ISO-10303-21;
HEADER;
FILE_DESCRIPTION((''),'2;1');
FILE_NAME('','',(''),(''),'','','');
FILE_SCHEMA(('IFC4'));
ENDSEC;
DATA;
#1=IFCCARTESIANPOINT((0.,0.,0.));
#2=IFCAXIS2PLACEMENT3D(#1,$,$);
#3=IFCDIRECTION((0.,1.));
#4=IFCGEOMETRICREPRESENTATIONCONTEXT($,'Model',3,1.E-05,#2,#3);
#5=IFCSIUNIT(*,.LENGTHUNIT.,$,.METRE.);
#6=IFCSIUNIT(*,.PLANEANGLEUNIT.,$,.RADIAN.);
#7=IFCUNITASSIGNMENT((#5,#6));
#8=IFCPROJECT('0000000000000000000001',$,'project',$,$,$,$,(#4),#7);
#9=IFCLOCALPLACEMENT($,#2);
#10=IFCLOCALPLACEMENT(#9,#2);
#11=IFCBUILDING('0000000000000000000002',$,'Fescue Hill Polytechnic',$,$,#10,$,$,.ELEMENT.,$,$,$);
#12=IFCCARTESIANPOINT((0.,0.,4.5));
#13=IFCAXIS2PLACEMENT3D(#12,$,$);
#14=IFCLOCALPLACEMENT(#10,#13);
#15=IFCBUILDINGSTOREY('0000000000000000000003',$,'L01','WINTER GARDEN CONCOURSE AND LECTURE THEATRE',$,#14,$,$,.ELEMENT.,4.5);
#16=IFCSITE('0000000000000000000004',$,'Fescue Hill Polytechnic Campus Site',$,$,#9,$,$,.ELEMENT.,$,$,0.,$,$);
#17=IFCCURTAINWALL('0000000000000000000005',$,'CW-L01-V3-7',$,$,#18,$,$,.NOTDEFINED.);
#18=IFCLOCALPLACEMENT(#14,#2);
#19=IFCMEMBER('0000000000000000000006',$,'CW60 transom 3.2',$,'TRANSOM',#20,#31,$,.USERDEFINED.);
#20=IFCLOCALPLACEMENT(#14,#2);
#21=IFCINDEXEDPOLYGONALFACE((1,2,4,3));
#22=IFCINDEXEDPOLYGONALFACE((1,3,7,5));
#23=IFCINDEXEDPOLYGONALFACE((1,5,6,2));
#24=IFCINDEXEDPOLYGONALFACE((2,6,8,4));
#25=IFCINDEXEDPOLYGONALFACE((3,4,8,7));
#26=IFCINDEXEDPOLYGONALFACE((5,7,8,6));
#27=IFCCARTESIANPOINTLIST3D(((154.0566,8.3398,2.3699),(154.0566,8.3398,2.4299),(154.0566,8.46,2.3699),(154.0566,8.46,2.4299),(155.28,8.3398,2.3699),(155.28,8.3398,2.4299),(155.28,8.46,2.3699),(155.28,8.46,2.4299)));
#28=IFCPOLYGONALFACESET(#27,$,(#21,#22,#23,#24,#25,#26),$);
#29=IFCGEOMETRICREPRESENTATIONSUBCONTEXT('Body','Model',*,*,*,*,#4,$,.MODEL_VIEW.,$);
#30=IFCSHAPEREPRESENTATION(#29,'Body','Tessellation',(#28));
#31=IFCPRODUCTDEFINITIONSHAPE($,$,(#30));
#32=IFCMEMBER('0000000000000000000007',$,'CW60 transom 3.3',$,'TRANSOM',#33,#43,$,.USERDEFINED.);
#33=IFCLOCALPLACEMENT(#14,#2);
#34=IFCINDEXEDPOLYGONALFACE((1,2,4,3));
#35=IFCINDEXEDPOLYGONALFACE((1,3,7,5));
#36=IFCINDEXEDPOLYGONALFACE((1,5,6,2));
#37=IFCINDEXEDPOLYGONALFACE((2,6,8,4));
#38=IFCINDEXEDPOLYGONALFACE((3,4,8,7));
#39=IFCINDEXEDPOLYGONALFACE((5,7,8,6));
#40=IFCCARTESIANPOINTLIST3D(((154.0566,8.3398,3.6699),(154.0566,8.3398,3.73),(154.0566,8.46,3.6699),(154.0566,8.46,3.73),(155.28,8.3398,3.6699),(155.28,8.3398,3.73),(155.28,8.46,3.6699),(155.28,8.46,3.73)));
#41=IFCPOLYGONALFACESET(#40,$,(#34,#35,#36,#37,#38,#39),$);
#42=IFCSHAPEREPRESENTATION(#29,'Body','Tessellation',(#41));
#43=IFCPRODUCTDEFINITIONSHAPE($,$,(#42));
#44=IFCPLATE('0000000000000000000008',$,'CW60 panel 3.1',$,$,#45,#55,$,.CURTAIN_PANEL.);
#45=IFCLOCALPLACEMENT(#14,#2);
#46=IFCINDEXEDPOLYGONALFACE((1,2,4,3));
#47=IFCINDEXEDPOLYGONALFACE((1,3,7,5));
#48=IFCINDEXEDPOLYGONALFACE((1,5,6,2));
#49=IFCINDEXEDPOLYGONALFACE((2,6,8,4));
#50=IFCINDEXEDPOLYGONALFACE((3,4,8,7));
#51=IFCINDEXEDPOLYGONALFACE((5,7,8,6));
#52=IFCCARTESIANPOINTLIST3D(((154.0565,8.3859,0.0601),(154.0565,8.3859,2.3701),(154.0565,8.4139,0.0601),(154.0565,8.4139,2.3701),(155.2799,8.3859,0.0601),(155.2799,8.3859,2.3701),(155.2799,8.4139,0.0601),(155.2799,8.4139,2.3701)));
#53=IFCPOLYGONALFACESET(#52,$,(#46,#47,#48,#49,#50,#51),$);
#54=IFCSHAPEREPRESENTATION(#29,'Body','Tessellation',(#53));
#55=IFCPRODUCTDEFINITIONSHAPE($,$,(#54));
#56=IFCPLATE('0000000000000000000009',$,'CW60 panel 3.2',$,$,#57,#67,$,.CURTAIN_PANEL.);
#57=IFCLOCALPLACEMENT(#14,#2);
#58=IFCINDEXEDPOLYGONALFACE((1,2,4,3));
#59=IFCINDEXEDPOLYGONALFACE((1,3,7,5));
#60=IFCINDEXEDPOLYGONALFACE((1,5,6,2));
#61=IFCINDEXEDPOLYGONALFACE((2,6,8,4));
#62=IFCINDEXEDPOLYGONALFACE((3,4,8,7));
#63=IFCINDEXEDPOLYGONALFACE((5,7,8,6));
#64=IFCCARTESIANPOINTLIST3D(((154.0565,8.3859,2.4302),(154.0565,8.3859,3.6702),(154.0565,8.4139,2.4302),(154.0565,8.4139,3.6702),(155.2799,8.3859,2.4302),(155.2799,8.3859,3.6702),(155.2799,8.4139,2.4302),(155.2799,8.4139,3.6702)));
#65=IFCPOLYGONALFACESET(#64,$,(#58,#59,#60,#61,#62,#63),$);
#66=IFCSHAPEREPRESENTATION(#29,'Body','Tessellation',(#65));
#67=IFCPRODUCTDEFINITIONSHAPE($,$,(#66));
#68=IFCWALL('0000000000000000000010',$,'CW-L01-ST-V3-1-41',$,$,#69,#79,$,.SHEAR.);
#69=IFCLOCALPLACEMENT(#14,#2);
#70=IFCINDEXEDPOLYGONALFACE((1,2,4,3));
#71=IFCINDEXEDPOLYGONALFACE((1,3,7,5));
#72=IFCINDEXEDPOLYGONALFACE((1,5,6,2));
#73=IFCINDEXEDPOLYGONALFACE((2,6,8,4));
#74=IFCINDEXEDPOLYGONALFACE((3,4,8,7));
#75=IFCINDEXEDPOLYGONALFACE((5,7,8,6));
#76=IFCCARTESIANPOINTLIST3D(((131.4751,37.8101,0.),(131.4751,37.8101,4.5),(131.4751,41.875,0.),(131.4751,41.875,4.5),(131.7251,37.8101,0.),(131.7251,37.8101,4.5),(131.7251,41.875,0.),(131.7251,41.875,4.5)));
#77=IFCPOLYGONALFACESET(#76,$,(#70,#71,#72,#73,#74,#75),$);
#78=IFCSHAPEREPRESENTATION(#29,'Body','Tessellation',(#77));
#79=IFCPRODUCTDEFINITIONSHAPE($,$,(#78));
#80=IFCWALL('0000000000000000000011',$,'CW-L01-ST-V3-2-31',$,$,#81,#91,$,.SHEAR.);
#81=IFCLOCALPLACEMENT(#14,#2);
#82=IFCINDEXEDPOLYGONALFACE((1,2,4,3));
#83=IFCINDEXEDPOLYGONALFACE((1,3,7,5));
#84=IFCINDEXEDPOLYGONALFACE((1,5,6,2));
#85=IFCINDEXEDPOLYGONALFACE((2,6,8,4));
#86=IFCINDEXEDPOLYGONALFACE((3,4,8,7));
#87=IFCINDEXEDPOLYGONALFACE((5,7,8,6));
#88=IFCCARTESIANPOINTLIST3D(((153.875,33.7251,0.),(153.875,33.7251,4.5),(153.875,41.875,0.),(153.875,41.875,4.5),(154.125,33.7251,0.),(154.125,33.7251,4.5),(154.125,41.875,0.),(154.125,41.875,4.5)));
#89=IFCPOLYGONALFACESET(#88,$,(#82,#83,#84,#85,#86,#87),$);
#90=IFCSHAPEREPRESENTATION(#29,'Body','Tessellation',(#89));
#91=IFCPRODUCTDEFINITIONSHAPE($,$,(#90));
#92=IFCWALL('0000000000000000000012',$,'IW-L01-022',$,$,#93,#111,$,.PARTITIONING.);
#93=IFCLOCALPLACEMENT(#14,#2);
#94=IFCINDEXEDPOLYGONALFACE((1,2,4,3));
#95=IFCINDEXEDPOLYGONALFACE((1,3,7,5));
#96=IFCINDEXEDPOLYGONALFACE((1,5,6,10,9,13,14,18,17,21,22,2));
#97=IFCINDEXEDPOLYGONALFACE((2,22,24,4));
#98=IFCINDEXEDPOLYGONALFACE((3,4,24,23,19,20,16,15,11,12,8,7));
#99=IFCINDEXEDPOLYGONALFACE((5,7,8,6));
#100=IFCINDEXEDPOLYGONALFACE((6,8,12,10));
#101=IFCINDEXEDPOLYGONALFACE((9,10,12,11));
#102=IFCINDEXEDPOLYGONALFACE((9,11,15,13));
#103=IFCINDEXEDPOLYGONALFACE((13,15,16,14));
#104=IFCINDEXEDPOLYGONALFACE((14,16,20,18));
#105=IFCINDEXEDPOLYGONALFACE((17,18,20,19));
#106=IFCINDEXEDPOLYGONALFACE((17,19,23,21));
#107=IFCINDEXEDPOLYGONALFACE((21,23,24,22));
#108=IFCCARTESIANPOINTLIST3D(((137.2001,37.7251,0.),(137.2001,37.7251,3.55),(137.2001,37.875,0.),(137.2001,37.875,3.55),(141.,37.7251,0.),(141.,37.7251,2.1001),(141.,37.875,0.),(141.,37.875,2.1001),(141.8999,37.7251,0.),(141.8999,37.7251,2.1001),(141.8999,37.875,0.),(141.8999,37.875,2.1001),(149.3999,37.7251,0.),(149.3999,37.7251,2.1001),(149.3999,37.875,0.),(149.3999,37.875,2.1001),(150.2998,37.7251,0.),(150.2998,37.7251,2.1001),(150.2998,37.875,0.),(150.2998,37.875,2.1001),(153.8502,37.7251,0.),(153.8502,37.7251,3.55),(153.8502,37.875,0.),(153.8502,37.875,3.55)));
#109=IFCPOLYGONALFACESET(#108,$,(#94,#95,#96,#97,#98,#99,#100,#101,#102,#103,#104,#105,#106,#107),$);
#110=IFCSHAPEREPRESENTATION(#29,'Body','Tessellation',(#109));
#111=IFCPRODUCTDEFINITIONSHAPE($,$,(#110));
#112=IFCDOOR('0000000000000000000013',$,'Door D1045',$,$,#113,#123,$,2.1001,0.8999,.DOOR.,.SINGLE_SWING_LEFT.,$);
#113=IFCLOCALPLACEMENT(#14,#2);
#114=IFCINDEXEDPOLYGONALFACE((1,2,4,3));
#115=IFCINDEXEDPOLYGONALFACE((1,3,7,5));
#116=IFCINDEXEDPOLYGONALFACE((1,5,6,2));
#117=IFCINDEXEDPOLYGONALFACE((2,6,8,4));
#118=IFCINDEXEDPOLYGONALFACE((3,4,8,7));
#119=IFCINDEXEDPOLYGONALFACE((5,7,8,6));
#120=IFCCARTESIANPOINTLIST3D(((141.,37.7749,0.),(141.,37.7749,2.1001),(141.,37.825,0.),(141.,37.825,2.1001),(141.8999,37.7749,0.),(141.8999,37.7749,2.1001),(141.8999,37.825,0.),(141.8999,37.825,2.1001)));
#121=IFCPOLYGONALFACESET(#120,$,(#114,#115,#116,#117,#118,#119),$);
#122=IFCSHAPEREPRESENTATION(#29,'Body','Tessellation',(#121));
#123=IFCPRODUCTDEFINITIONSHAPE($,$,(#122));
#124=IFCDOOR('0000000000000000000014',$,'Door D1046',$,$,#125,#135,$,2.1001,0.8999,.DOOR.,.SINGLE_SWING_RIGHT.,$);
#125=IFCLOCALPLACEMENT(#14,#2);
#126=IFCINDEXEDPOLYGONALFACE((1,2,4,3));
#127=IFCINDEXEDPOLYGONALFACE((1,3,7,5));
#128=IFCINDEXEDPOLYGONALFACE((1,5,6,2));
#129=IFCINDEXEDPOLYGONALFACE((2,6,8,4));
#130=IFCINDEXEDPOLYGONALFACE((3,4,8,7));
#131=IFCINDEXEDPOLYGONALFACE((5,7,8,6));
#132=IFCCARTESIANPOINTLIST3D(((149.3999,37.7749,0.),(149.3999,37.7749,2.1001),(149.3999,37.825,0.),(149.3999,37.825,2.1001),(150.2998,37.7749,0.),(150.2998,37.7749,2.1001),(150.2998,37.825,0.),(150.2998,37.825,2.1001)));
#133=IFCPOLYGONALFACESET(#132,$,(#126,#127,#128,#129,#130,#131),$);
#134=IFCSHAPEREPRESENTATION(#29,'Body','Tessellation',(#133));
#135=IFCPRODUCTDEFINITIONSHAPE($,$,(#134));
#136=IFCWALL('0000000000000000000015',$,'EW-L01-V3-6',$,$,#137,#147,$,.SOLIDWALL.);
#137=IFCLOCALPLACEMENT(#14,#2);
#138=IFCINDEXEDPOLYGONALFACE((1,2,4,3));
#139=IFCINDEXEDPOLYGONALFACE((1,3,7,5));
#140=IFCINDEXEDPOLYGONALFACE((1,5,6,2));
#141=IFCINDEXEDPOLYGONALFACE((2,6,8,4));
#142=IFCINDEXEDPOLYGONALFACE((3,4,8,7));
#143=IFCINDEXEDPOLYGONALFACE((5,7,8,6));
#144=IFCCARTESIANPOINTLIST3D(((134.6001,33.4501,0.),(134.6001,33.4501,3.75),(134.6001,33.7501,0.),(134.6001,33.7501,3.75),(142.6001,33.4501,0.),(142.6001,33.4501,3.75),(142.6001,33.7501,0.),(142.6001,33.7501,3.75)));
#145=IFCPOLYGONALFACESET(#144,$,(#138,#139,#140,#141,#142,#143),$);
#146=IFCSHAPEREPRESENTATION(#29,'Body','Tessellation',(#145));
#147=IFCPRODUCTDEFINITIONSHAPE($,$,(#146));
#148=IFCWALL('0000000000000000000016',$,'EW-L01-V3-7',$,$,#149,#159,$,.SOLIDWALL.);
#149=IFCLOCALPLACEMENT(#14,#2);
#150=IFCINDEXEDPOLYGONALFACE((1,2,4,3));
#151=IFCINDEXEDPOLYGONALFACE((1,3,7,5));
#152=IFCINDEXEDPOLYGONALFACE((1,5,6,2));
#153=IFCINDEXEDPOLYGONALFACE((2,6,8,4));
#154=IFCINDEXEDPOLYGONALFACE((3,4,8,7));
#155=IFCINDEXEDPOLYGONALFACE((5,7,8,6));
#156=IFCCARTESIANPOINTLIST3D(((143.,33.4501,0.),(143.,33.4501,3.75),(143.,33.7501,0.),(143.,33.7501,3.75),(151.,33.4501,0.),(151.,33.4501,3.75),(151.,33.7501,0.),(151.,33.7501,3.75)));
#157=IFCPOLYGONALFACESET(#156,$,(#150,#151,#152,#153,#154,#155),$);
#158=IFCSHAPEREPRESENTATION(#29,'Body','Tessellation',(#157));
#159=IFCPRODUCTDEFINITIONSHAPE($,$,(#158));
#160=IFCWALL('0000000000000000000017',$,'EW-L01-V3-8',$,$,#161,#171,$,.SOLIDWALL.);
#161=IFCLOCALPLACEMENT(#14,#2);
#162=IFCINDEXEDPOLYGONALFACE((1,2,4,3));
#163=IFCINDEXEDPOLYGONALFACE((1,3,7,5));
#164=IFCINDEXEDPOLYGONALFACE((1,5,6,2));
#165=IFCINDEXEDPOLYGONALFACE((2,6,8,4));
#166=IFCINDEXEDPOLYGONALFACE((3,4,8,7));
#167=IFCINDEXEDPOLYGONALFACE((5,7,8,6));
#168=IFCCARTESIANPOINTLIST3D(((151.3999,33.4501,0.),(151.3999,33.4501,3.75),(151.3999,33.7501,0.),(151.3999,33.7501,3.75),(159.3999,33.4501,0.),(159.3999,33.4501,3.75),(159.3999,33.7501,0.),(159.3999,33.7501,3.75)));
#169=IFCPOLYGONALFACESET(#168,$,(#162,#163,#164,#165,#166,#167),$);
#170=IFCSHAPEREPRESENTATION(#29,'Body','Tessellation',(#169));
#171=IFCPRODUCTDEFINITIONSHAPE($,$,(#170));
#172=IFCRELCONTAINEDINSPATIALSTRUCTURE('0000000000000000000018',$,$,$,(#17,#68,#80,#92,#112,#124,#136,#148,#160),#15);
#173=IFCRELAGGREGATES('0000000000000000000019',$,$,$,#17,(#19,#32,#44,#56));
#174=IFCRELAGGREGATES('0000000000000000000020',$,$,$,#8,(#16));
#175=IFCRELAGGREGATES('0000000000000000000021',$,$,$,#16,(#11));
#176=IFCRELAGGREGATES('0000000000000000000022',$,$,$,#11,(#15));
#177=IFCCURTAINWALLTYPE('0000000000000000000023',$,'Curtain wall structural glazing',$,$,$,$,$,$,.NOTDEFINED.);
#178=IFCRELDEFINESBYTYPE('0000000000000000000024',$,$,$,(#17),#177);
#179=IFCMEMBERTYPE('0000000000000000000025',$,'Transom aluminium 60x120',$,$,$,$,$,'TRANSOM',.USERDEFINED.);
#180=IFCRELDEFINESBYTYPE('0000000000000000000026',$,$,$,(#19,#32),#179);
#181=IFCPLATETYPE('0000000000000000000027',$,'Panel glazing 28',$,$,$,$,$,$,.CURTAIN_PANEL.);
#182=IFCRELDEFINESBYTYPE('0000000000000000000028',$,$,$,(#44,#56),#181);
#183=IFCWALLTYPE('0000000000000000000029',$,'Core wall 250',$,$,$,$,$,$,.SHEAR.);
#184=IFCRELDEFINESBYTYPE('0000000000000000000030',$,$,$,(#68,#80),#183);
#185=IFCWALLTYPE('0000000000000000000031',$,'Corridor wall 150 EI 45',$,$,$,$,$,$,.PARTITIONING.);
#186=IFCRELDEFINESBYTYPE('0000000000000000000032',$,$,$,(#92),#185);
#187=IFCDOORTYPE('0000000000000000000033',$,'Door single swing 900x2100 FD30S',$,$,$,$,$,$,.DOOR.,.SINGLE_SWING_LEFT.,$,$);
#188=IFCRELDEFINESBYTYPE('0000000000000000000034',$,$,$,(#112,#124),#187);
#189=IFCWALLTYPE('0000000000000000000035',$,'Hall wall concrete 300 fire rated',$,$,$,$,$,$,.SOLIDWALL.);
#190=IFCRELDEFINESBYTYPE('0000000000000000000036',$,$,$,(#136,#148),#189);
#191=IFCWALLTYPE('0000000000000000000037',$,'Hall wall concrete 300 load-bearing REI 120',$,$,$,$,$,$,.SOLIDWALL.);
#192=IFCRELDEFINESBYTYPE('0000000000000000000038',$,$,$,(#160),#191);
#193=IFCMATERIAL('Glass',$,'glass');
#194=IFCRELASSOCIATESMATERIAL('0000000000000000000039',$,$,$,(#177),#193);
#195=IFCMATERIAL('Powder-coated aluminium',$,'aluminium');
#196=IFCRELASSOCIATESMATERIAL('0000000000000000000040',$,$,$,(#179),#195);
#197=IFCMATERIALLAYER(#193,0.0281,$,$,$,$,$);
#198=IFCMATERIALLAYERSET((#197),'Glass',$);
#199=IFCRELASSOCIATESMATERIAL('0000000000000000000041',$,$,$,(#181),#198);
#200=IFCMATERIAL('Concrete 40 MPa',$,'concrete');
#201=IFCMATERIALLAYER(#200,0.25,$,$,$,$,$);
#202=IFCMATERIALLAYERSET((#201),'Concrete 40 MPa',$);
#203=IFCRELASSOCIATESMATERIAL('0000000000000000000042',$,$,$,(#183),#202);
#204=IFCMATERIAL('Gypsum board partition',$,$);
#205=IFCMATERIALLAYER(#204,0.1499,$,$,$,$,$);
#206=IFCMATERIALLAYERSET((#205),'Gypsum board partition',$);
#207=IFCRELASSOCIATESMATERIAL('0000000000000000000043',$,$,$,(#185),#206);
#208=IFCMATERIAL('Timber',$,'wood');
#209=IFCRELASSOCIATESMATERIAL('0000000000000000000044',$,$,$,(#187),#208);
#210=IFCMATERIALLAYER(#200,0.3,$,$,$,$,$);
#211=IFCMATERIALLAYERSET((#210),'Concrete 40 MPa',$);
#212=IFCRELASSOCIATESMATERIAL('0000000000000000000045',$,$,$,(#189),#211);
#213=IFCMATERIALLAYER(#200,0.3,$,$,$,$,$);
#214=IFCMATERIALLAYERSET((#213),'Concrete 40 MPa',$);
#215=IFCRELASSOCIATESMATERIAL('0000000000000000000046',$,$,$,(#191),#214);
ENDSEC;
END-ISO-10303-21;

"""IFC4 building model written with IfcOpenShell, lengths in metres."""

from ifc_helpers import new_model, si_unit, direction, frame, frame_2d, origin, origin_2d, place, context, subcontext, project, spatial, rectangle, extrude, material, layer, layer_set, material_profile, profile_set, type_object, element, fill, aggregate, save


model = new_model("IFC4")

# Units and contexts
model_context = context("Model", 3, precision=1e-05, world=origin(), true_north=direction((0.0, 1.0)))
body_context = subcontext(model_context, "Body", "Model", "MODEL_VIEW")
ifc_project = project(units=[si_unit("LENGTHUNIT", "METRE"), si_unit("PLANEANGLEUNIT", "RADIAN")], contexts=[model_context])

# Site, building, storey
site_placement = place(None, origin())
site = spatial("IfcSite", under=ifc_project, at=site_placement, Name="Fescue Hill Polytechnic Campus Site", CompositionType="ELEMENT", RefElevation=0.0)
building_placement = place(site_placement, origin())
building = spatial("IfcBuilding", under=site, at=building_placement, Name="Fescue Hill Polytechnic", CompositionType="ELEMENT")
storey_placement = place(building_placement, frame((0.0, 0.0, 4.5)))
storey = spatial("IfcBuildingStorey", under=building, at=storey_placement, Name="L01", Description="WINTER GARDEN CONCOURSE AND LECTURE THEATRE", CompositionType="ELEMENT", Elevation=4.5)

# Shared definitions
ifc_material_1 = material(Name="Concrete 40 MPa", Category="concrete")

# Curtain wall, members, plates
ifc_material_2 = material(Name="Glass", Category="glass")
curtain_wall_type = type_object("IfcCurtainWallType", Name="Curtain wall structural glazing", PredefinedType="NOTDEFINED", material=ifc_material_2)
curtain_wall_placement = place(storey_placement, origin())
curtain_wall = element("IfcCurtainWall", 1, at=curtain_wall_placement, inside=storey, type_object=curtain_wall_type, Name="CW-L01-V3-7", PredefinedType="NOTDEFINED")
ifc_material_3 = material(Name="Powder-coated aluminium", Category="aluminium")
ifc_material_profile_1 = material_profile(ifc_material_3, rectangle(XDim=0.1201, YDim=0.0601, at=origin_2d()), Name="Transom aluminium 60x120")
ifc_profile_set_1 = profile_set([ifc_material_profile_1], Name="Powder-coated aluminium")
member_type_1 = type_object("IfcMemberType", Name="Transom aluminium 60x120", ElementType="TRANSOM", PredefinedType="USERDEFINED", material=ifc_profile_set_1)
member_1_placement = place(storey_placement, frame((154.0566, 8.3999, 2.3999), z_axis=(1.0, 0.0, 0.0), x_axis=(0.0, 1.0, 0.0)))
member_1 = element("IfcMember", 2, at=member_1_placement, type_object=member_type_1, Name="CW60 transom 3.2", ObjectType="TRANSOM", PredefinedType="USERDEFINED", context=body_context, shape_type="SweptSolid", body=[
    extrude(rectangle(XDim=0.1201, YDim=0.0601, at=origin_2d()), origin(), (0.0, 0.0, 1.0), 1.2234),
])
member_2_placement = place(storey_placement, frame((154.0566, 8.3999, 3.7), z_axis=(1.0, 0.0, 0.0), x_axis=(0.0, 1.0, 0.0)))
member_2 = element("IfcMember", 3, at=member_2_placement, type_object=member_type_1, Name="CW60 transom 3.3", ObjectType="TRANSOM", PredefinedType="USERDEFINED", context=body_context, shape_type="SweptSolid", body=[
    extrude(rectangle(XDim=0.1201, YDim=0.0601, at=origin_2d()), origin(), (0.0, 0.0, 1.0), 1.2234),
])
ifc_layer_1 = layer(ifc_material_2, 0.0281)
ifc_layer_set_1 = layer_set([ifc_layer_1], Name="Glass")
plate_type = type_object("IfcPlateType", Name="Panel glazing 28", PredefinedType="CURTAIN_PANEL", material=ifc_layer_set_1)
plate_1_placement = place(storey_placement, frame((154.6682, 8.3999, 0.0601), z_axis=(0.0, 0.0, 1.0), x_axis=(1.0, 0.0, 0.0)))
plate_1 = element("IfcPlate", 4, at=plate_1_placement, type_object=plate_type, Name="CW60 panel 3.1", PredefinedType="CURTAIN_PANEL", context=body_context, shape_type="SweptSolid", body=[
    extrude(rectangle(XDim=1.2234, YDim=0.0281, at=origin_2d()), origin(), (0.0, 0.0, 1.0), 2.3101),
])
plate_2_placement = place(storey_placement, frame((154.6682, 8.3999, 2.4302), z_axis=(0.0, 0.0, 1.0), x_axis=(1.0, 0.0, 0.0)))
plate_2 = element("IfcPlate", 5, at=plate_2_placement, type_object=plate_type, Name="CW60 panel 3.2", PredefinedType="CURTAIN_PANEL", context=body_context, shape_type="SweptSolid", body=[
    extrude(rectangle(XDim=1.2234, YDim=0.0281, at=origin_2d()), origin(), (0.0, 0.0, 1.0), 1.24),
])
aggregate(curtain_wall, [member_1, member_2, plate_1, plate_2])

# Walls
ifc_layer_2 = layer(ifc_material_1, 0.25)
ifc_layer_set_2 = layer_set([ifc_layer_2], Name="Concrete 40 MPa")
wall_type_1 = type_object("IfcWallType", Name="Core wall 250", PredefinedType="SHEAR", material=ifc_layer_set_2)
wall_1_placement = place(storey_placement, frame((131.6001, 37.8101, 0.0), z_axis=(0.0, 0.0, 1.0), x_axis=(0.0, 1.0, 0.0)))
element("IfcWall", 6, at=wall_1_placement, inside=storey, type_object=wall_type_1, Name="CW-L01-ST-V3-1-41", PredefinedType="SHEAR", context=body_context, shape_type="SweptSolid", body=[
    extrude(rectangle(XDim=4.0649, YDim=0.25, at=frame_2d((2.0325, 0.0))), origin(), (0.0, 0.0, 1.0), 4.5),
])
wall_2_placement = place(storey_placement, frame((154.0, 33.7251, 0.0), z_axis=(0.0, 0.0, 1.0), x_axis=(0.0, 1.0, 0.0)))
element("IfcWall", 7, at=wall_2_placement, inside=storey, type_object=wall_type_1, Name="CW-L01-ST-V3-2-31", PredefinedType="SHEAR", context=body_context, shape_type="SweptSolid", body=[
    extrude(rectangle(XDim=8.1499, YDim=0.25, at=frame_2d((4.075, 0.0))), origin(), (0.0, 0.0, 1.0), 4.5),
])

# Wall, openings, doors
ifc_material_4 = material(Name="Gypsum board partition")
ifc_layer_3 = layer(ifc_material_4, 0.1499)
ifc_layer_set_3 = layer_set([ifc_layer_3], Name="Gypsum board partition")
wall_type_2 = type_object("IfcWallType", Name="Corridor wall 150 EI 45", PredefinedType="PARTITIONING", material=ifc_layer_set_3)
wall_3_placement = place(storey_placement, frame((137.2, 37.8, 0.0), z_axis=(0.0, 0.0, 1.0), x_axis=(1.0, 0.0, 0.0)))
wall_3 = element("IfcWall", 8, at=wall_3_placement, inside=storey, type_object=wall_type_2, Name="IW-L01-022", PredefinedType="PARTITIONING", context=body_context, shape_type="SweptSolid", body=[
    extrude(rectangle(XDim=16.6501, YDim=0.1499, at=frame_2d((8.3252, 0.0))), origin(), (0.0, 0.0, 1.0), 3.55),
])
opening_1_placement = place(wall_3_placement, frame((3.8, 0.0, 0.0)))
opening_1 = element("IfcOpeningElement", 9, at=opening_1_placement, cuts=wall_3, PredefinedType="OPENING", context=body_context, shape_type="SweptSolid", body=[
    extrude(rectangle(XDim=0.8999, YDim=2.1001, at=frame_2d((0.45, 1.05))), frame((0.0, 0.085, 0.0), z_axis=(0.0, -1.0, 0.0), x_axis=(1.0, 0.0, 0.0)), (0.0, 0.0, 1.0), 0.1699),
])
opening_2_placement = place(wall_3_placement, frame((12.2, 0.0, 0.0)))
opening_2 = element("IfcOpeningElement", 10, at=opening_2_placement, cuts=wall_3, PredefinedType="OPENING", context=body_context, shape_type="SweptSolid", body=[
    extrude(rectangle(XDim=0.8999, YDim=2.1001, at=frame_2d((0.45, 1.05))), frame((0.0, 0.085, 0.0), z_axis=(0.0, -1.0, 0.0), x_axis=(1.0, 0.0, 0.0)), (0.0, 0.0, 1.0), 0.1699),
])
ifc_material_5 = material(Name="Timber", Category="wood")
door_type_1 = type_object("IfcDoorType", Name="Door single swing 900x2100 FD30S", OperationType="SINGLE_SWING_LEFT", PredefinedType="DOOR", material=ifc_material_5)
door_1_placement = place(opening_1_placement, origin())
door_1 = element("IfcDoor", 11, at=door_1_placement, inside=storey, type_object=door_type_1, Name="Door D1045", OperationType="SINGLE_SWING_LEFT", OverallHeight=2.1001, OverallWidth=0.8999, PredefinedType="DOOR", context=body_context, shape_type="SweptSolid", body=[
    extrude(rectangle(XDim=0.8999, YDim=2.1001, at=frame_2d((0.45, 1.05))), frame((0.0, 0.0249, 0.0), z_axis=(0.0, -1.0, 0.0), x_axis=(1.0, 0.0, 0.0)), (0.0, 0.0, 1.0), 0.05),
])
fill(opening_1, door_1)
door_2_placement = place(opening_2_placement, origin())
door_2 = element("IfcDoor", 12, at=door_2_placement, inside=storey, type_object=door_type_1, Name="Door D1046", OperationType="SINGLE_SWING_RIGHT", OverallHeight=2.1001, OverallWidth=0.8999, PredefinedType="DOOR", context=body_context, shape_type="SweptSolid", body=[
    extrude(rectangle(XDim=0.8999, YDim=2.1001, at=frame_2d((0.45, 1.05))), frame((0.0, 0.0249, 0.0), z_axis=(0.0, -1.0, 0.0), x_axis=(1.0, 0.0, 0.0)), (0.0, 0.0, 1.0), 0.05),
])
fill(opening_2, door_2)

# Walls
ifc_layer_4 = layer(ifc_material_1, 0.3)
ifc_layer_set_4 = layer_set([ifc_layer_4], Name="Concrete 40 MPa")
wall_type_3 = type_object("IfcWallType", Name="Hall wall concrete 300 fire rated", PredefinedType="SOLIDWALL", material=ifc_layer_set_4)
for number, where, z_axis, x_axis, name in (
    (13, (134.6001, 33.6001, 0.0), (0.0, 0.0, 1.0), (1.0, 0.0, 0.0), "EW-L01-V3-6"),
    (14, (143.0, 33.6001, 0.0), (0.0, 0.0, 1.0), (1.0, 0.0, 0.0), "EW-L01-V3-7"),
):
    element("IfcWall", number, at=place(storey_placement, frame(where, z_axis=z_axis, x_axis=x_axis)), inside=storey, type_object=wall_type_3, Name=name, PredefinedType="SOLIDWALL", context=body_context, shape_type="SweptSolid", body=[
        extrude(rectangle(XDim=8.0, YDim=0.3, at=frame_2d((4.0, 0.0))), origin(), (0.0, 0.0, 1.0), 3.75),
    ])
ifc_layer_5 = layer(ifc_material_1, 0.3)
ifc_layer_set_5 = layer_set([ifc_layer_5], Name="Concrete 40 MPa")
wall_type_4 = type_object("IfcWallType", Name="Hall wall concrete 300 load-bearing REI 120", PredefinedType="SOLIDWALL", material=ifc_layer_set_5)
wall_4_placement = place(storey_placement, frame((151.3999, 33.6001, 0.0), z_axis=(0.0, 0.0, 1.0), x_axis=(1.0, 0.0, 0.0)))
element("IfcWall", 15, at=wall_4_placement, inside=storey, type_object=wall_type_4, Name="EW-L01-V3-8", PredefinedType="SOLIDWALL", context=body_context, shape_type="SweptSolid", body=[
    extrude(rectangle(XDim=8.0, YDim=0.3, at=frame_2d((4.0, 0.0))), origin(), (0.0, 0.0, 1.0), 3.75),
])

save(model, "model.ifc")
